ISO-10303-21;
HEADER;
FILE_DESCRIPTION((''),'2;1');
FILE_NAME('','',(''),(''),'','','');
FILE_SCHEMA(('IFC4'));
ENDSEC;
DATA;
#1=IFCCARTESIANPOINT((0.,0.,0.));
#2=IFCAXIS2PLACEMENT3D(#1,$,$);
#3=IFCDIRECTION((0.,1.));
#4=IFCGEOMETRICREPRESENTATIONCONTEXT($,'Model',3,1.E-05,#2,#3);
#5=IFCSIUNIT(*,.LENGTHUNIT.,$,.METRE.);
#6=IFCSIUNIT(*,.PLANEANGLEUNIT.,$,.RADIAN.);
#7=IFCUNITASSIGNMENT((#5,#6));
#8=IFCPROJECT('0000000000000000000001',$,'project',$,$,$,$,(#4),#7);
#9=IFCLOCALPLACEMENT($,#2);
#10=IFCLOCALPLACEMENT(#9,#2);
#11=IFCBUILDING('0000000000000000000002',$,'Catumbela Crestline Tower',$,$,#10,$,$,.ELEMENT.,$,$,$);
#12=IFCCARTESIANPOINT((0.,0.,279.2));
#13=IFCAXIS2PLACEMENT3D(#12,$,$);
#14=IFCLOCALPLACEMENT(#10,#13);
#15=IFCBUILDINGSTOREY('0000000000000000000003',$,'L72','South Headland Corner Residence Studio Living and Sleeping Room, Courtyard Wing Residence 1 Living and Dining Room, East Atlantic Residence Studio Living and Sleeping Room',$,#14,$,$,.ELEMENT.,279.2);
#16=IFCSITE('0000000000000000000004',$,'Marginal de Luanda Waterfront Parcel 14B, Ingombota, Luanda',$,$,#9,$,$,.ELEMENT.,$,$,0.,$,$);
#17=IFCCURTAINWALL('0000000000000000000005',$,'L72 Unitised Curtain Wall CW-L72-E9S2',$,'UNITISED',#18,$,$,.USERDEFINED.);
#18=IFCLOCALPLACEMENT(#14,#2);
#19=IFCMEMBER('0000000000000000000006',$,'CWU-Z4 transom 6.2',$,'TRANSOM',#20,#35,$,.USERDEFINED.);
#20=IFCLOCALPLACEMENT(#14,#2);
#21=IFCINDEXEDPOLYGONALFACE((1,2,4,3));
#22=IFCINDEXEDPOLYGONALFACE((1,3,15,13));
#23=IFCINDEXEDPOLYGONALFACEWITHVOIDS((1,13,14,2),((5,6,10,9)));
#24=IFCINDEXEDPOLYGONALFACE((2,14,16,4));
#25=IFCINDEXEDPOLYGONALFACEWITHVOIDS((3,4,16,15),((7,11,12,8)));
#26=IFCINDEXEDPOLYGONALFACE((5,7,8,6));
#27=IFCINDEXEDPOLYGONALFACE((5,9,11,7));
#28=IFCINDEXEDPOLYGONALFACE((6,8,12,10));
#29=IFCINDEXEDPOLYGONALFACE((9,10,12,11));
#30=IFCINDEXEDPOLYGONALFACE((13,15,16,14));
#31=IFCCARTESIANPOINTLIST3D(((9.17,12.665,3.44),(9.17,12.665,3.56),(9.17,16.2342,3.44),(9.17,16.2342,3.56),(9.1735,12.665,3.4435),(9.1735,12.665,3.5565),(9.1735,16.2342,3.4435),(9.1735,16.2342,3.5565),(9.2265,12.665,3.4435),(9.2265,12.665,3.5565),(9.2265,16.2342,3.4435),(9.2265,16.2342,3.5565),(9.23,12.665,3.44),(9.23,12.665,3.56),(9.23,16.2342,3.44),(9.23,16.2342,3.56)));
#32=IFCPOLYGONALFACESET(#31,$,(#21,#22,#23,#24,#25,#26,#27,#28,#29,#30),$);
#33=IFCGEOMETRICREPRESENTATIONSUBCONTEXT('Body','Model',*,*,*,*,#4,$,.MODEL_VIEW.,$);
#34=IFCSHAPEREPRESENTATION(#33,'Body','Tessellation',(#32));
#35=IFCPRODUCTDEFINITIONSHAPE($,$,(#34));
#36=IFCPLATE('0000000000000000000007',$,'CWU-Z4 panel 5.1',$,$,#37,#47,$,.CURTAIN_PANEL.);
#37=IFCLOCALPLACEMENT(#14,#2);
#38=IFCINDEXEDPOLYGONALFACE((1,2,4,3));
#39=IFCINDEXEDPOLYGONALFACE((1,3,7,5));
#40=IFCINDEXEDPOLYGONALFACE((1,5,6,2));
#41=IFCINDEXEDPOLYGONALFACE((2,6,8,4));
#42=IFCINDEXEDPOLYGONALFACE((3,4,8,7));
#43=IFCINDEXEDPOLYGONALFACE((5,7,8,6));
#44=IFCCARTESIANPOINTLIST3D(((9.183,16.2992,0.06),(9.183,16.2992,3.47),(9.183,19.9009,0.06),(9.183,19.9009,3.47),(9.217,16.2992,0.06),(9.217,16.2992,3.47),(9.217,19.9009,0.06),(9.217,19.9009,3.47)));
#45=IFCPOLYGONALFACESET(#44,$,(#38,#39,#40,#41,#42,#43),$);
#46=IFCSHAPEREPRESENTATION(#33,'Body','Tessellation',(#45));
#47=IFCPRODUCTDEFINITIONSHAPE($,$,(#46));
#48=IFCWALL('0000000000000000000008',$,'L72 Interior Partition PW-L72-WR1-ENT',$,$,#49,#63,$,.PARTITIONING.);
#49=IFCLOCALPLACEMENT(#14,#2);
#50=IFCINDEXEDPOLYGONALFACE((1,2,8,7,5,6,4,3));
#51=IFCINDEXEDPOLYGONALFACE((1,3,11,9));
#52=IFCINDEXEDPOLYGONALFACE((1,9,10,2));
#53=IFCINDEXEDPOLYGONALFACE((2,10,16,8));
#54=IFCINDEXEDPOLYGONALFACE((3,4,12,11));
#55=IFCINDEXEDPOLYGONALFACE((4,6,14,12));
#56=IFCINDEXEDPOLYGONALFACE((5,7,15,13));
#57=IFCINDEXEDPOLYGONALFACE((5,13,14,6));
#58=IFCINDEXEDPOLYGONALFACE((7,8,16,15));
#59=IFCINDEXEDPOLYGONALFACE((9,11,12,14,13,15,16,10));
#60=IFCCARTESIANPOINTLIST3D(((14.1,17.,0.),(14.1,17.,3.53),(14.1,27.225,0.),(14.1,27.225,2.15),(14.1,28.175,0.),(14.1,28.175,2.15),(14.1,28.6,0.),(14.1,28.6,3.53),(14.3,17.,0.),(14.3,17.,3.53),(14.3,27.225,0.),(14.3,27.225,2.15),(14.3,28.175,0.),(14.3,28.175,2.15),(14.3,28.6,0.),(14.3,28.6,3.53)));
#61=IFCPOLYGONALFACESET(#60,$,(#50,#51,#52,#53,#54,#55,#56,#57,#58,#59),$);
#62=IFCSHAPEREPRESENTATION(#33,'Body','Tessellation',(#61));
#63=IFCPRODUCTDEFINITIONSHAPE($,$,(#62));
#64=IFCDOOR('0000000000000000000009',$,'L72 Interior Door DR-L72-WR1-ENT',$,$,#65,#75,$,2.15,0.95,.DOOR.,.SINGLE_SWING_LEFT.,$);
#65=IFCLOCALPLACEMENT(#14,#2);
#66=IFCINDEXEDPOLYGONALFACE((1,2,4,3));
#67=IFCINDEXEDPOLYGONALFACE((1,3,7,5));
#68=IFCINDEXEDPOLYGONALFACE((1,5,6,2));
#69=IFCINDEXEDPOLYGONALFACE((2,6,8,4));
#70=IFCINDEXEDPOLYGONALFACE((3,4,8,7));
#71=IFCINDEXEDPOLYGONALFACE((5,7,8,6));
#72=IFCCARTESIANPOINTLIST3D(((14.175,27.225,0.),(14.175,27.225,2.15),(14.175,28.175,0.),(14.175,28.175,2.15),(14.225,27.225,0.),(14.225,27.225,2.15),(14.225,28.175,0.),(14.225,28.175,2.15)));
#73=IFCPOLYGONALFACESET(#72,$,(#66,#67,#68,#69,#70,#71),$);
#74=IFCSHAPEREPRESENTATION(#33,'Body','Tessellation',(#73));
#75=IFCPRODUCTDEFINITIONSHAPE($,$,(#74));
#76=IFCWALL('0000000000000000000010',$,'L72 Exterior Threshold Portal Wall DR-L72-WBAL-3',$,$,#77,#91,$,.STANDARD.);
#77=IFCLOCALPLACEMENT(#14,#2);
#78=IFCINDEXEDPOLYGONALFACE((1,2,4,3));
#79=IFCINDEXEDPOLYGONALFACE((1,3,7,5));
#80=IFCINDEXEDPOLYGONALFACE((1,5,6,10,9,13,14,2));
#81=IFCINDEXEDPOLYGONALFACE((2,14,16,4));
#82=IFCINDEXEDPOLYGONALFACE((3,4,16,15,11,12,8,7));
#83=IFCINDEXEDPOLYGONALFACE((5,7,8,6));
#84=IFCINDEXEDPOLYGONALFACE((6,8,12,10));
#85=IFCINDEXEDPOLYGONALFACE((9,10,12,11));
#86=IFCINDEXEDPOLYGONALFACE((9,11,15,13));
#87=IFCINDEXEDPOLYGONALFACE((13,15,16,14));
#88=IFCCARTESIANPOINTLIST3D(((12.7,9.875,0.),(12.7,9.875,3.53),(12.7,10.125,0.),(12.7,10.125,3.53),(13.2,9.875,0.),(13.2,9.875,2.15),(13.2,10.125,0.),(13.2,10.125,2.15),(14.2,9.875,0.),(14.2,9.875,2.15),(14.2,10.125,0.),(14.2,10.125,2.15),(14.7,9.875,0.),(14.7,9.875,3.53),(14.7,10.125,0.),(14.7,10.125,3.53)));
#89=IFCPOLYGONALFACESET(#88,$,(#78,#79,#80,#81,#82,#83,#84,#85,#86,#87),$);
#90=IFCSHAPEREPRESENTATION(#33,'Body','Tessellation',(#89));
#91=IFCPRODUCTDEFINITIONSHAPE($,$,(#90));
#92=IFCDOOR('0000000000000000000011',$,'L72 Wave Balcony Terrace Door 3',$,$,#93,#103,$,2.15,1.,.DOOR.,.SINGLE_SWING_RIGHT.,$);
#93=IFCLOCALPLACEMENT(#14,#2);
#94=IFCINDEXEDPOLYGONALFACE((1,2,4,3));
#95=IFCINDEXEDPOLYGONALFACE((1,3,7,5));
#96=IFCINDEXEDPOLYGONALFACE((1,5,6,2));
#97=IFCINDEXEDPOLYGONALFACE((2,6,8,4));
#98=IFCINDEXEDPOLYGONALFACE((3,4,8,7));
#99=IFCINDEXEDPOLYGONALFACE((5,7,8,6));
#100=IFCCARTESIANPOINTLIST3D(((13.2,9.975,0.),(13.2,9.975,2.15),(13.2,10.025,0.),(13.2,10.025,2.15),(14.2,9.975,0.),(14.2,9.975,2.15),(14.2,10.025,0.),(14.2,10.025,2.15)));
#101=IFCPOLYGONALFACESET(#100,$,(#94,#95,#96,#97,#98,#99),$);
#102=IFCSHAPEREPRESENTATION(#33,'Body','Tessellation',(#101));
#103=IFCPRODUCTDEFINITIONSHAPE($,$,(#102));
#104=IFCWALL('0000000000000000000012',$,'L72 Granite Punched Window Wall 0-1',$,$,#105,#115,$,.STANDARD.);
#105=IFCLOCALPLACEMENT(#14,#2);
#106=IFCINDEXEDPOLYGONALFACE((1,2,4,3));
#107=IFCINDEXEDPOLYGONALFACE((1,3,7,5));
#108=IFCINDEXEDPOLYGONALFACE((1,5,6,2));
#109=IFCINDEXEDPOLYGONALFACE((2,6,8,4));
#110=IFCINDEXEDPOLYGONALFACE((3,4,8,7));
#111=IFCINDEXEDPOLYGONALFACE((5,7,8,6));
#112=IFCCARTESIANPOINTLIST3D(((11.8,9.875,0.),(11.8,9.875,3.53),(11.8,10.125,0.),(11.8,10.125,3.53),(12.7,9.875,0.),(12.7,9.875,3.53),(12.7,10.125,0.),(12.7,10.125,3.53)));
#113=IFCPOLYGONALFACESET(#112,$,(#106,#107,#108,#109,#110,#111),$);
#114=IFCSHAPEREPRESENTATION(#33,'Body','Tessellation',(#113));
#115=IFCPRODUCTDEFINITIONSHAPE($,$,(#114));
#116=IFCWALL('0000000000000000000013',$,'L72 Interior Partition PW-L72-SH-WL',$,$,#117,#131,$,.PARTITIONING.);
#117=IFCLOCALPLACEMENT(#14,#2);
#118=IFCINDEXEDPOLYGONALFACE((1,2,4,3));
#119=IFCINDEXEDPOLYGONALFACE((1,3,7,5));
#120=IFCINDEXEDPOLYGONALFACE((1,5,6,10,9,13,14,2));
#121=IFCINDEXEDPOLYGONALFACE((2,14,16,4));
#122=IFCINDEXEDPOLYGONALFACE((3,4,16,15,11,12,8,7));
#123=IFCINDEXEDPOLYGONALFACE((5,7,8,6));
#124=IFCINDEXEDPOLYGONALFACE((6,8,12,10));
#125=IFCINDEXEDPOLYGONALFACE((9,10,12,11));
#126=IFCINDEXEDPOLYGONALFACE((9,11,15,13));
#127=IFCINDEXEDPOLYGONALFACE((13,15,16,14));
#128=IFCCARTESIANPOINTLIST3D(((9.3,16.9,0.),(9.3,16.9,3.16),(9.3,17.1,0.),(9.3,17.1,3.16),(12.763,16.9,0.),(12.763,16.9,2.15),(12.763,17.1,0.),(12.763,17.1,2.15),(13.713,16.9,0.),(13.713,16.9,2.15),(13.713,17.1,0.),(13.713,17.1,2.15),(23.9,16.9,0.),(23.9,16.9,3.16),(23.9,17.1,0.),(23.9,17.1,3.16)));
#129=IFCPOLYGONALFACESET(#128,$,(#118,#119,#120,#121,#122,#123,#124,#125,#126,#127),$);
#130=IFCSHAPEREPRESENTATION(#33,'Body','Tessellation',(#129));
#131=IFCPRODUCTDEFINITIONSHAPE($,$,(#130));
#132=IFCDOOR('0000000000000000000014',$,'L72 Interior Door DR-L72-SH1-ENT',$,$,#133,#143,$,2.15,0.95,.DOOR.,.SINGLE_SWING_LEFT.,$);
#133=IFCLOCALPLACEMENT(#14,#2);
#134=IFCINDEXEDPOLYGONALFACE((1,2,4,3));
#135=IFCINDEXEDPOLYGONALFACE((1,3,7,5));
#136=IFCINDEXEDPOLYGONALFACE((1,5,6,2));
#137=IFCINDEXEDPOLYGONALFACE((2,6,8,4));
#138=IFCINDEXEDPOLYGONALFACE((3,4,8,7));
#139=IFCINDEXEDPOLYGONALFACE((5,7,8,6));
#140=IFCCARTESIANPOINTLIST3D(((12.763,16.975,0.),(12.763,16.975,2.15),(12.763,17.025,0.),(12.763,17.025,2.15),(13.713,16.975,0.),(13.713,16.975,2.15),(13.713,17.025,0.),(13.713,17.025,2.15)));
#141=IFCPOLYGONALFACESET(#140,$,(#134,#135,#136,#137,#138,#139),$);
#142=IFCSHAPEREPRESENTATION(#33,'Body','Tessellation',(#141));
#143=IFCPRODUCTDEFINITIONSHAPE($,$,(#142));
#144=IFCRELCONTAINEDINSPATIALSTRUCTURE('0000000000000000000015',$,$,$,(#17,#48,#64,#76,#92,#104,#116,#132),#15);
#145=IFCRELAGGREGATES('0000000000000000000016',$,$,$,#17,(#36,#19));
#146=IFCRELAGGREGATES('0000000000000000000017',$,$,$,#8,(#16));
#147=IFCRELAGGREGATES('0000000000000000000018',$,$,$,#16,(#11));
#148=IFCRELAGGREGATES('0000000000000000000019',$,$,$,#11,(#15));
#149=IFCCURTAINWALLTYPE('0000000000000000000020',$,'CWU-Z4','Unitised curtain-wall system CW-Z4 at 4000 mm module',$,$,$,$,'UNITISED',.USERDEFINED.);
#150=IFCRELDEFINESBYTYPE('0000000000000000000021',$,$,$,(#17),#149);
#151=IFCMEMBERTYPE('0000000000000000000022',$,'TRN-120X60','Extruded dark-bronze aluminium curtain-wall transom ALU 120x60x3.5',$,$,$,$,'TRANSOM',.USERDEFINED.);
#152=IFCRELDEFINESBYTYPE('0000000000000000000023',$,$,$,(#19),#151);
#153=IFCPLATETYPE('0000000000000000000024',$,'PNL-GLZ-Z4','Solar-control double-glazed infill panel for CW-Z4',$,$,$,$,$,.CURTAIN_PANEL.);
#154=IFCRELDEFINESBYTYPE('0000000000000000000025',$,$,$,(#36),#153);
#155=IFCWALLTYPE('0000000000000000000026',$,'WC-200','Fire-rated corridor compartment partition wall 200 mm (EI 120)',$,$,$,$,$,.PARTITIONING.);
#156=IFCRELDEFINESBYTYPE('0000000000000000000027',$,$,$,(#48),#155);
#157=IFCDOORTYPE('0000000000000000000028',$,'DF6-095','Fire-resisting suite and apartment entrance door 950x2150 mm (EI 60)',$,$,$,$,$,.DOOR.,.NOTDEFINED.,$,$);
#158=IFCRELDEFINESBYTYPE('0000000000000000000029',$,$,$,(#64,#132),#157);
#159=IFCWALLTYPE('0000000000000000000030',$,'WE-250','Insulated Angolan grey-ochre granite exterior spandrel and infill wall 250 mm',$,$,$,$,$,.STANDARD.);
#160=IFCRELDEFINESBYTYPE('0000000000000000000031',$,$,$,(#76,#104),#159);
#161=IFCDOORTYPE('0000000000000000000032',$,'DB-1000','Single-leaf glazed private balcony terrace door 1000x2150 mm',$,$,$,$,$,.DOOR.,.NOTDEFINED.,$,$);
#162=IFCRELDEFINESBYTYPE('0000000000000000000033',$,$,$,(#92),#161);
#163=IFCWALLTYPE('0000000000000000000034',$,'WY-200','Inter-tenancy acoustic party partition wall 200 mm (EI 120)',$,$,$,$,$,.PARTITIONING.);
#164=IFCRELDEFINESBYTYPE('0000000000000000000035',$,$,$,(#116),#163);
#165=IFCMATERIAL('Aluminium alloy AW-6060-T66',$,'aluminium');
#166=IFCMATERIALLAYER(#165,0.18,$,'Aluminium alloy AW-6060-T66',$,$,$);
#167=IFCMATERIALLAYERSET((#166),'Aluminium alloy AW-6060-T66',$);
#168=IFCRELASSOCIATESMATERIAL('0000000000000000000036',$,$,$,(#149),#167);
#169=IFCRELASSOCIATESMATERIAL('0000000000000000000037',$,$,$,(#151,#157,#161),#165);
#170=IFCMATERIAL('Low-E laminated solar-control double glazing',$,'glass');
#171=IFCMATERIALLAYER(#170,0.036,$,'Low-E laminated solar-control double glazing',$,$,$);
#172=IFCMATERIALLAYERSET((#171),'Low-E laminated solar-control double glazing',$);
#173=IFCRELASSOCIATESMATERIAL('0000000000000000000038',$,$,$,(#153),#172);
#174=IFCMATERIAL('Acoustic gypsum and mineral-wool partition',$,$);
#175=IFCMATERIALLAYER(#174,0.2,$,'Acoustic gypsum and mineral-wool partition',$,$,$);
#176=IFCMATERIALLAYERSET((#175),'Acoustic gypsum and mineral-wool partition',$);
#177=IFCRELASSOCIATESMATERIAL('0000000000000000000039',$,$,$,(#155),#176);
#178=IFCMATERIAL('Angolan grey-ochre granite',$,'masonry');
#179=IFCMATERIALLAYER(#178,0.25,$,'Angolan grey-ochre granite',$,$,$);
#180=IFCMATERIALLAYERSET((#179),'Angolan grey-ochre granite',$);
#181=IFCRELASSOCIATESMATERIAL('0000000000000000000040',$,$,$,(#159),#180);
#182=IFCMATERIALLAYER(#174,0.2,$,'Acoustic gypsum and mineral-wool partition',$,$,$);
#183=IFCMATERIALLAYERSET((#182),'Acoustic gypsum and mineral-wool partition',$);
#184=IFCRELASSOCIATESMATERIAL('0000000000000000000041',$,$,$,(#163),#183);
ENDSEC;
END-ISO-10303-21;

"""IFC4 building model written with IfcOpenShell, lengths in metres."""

from ifc_helpers import new_model, si_unit, direction, frame, frame_2d, origin, origin_2d, place, context, subcontext, project, spatial, rectangle, hollow_rectangle, extrude, material, layer, layer_set, material_profile, profile_set, type_object, element, fill, aggregate, save


model = new_model("IFC4")

# Units and contexts
model_context = context("Model", 3, precision=1e-05, world=origin(), true_north=direction((0.0, 1.0)))
body_context = subcontext(model_context, "Body", "Model", "MODEL_VIEW")
ifc_project = project(units=[si_unit("LENGTHUNIT", "METRE"), si_unit("PLANEANGLEUNIT", "RADIAN")], contexts=[model_context])

# Site, building, storey
site_placement = place(None, origin())
site = spatial("IfcSite", under=ifc_project, at=site_placement, Name="Marginal de Luanda Waterfront Parcel 14B, Ingombota, Luanda", CompositionType="ELEMENT", RefElevation=0.0)
building_placement = place(site_placement, origin())
building = spatial("IfcBuilding", under=site, at=building_placement, Name="Catumbela Crestline Tower", CompositionType="ELEMENT")
storey_placement = place(building_placement, frame((0.0, 0.0, 279.2)))
storey = spatial("IfcBuildingStorey", under=building, at=storey_placement, Name="L72", Description="South Headland Corner Residence Studio Living and Sleeping Room, Courtyard Wing Residence 1 Living and Dining Room, East Atlantic Residence Studio Living and Sleeping Room", CompositionType="ELEMENT", Elevation=279.2)

# Curtain wall
ifc_material_1 = material(Name="Aluminium alloy AW-6060-T66", Category="aluminium")
ifc_layer_1 = layer(ifc_material_1, 0.18, Name="Aluminium alloy AW-6060-T66")
ifc_layer_set_1 = layer_set([ifc_layer_1], Name="Aluminium alloy AW-6060-T66")
curtain_wall_type = type_object("IfcCurtainWallType", Name="CWU-Z4", Description="Unitised curtain-wall system CW-Z4 at 4000 mm module", ElementType="UNITISED", PredefinedType="USERDEFINED", material=ifc_layer_set_1)
curtain_wall_1_placement = place(storey_placement, origin())
curtain_wall_1 = element("IfcCurtainWall", 1, at=curtain_wall_1_placement, inside=storey, type_object=curtain_wall_type, Name="L72 Unitised Curtain Wall CW-L72-E9S2", ObjectType="UNITISED", PredefinedType="USERDEFINED")

# Member
ifc_material_profile_1 = material_profile(ifc_material_1, hollow_rectangle(XDim=0.06, YDim=0.12, WallThickness=0.0035, at=origin_2d()), Name="ALU 120x60x3.5")
ifc_profile_set_1 = profile_set([ifc_material_profile_1], Name="Aluminium alloy AW-6060-T66")
member_type_1 = type_object("IfcMemberType", Name="TRN-120X60", Description="Extruded dark-bronze aluminium curtain-wall transom ALU 120x60x3.5", ElementType="TRANSOM", PredefinedType="USERDEFINED", material=ifc_profile_set_1)
member_1_placement = place(storey_placement, frame((9.2, 16.2342, 3.5), z_axis=(0.0, -1.0, 0.0), x_axis=(1.0, 0.0, 0.0)))
member_1 = element("IfcMember", 2, at=member_1_placement, type_object=member_type_1, Name="CWU-Z4 transom 6.2", ObjectType="TRANSOM", PredefinedType="USERDEFINED", context=body_context, shape_type="SweptSolid", body=[
    extrude(hollow_rectangle(XDim=0.06, YDim=0.12, WallThickness=0.0035, at=origin_2d()), origin(), (0.0, 0.0, 1.0), 3.5692),
])

# Plate
ifc_material_2 = material(Name="Low-E laminated solar-control double glazing", Category="glass")
ifc_layer_2 = layer(ifc_material_2, 0.036, Name="Low-E laminated solar-control double glazing")
ifc_layer_set_2 = layer_set([ifc_layer_2], Name="Low-E laminated solar-control double glazing")
plate_type = type_object("IfcPlateType", Name="PNL-GLZ-Z4", Description="Solar-control double-glazed infill panel for CW-Z4", PredefinedType="CURTAIN_PANEL", material=ifc_layer_set_2)
plate_placement = place(storey_placement, frame((9.2, 18.1, 0.06), z_axis=(0.0, 0.0, 1.0), x_axis=(0.0, -1.0, 0.0)))
plate = element("IfcPlate", 3, at=plate_placement, type_object=plate_type, Name="CWU-Z4 panel 5.1", PredefinedType="CURTAIN_PANEL", context=body_context, shape_type="SweptSolid", body=[
    extrude(rectangle(XDim=3.6017, YDim=0.034, at=origin_2d()), origin(), (0.0, 0.0, 1.0), 3.41),
])
aggregate(curtain_wall_1, [plate, member_1])

# Walls, openings, doors
ifc_material_3 = material(Name="Acoustic gypsum and mineral-wool partition")
ifc_layer_3 = layer(ifc_material_3, 0.2, Name="Acoustic gypsum and mineral-wool partition")
ifc_layer_set_3 = layer_set([ifc_layer_3], Name="Acoustic gypsum and mineral-wool partition")
wall_type_1 = type_object("IfcWallType", Name="WC-200", Description="Fire-rated corridor compartment partition wall 200 mm (EI 120)", PredefinedType="PARTITIONING", material=ifc_layer_set_3)
wall_1_placement = place(storey_placement, frame((14.2, 17.0, 0.0), z_axis=(0.0, 0.0, 1.0), x_axis=(0.0, 1.0, 0.0)))
wall_1 = element("IfcWall", 4, at=wall_1_placement, inside=storey, type_object=wall_type_1, Name="L72 Interior Partition PW-L72-WR1-ENT", PredefinedType="PARTITIONING", context=body_context, shape_type="SweptSolid", body=[
    extrude(rectangle(XDim=11.6, YDim=0.2, at=frame_2d((5.8, 0.0))), origin(), (0.0, 0.0, 1.0), 3.53),
])
opening_1_placement = place(wall_1_placement, frame((10.225, 0.0, 0.0)))
opening_1 = element("IfcOpeningElement", 5, at=opening_1_placement, cuts=wall_1, PredefinedType="OPENING", context=body_context, shape_type="SweptSolid", body=[
    extrude(rectangle(XDim=0.95, YDim=2.15, at=frame_2d((0.475, 1.075))), frame((0.0, 0.11, 0.0), z_axis=(0.0, -1.0, 0.0), x_axis=(1.0, 0.0, 0.0)), (0.0, 0.0, 1.0), 0.22),
])
door_type_1 = type_object("IfcDoorType", Name="DF6-095", Description="Fire-resisting suite and apartment entrance door 950x2150 mm (EI 60)", OperationType="NOTDEFINED", PredefinedType="DOOR", material=ifc_material_1)
door_1_placement = place(opening_1_placement, origin())
door_1 = element("IfcDoor", 6, at=door_1_placement, inside=storey, type_object=door_type_1, Name="L72 Interior Door DR-L72-WR1-ENT", OperationType="SINGLE_SWING_LEFT", OverallHeight=2.15, OverallWidth=0.95, PredefinedType="DOOR", context=body_context, shape_type="SweptSolid", body=[
    extrude(rectangle(XDim=0.95, YDim=2.15, at=frame_2d((0.475, 1.075))), frame((0.0, 0.025, 0.0), z_axis=(0.0, -1.0, 0.0), x_axis=(1.0, 0.0, 0.0)), (0.0, 0.0, 1.0), 0.05),
])
fill(opening_1, door_1)
ifc_material_4 = material(Name="Angolan grey-ochre granite", Category="masonry")
ifc_layer_4 = layer(ifc_material_4, 0.25, Name="Angolan grey-ochre granite")
ifc_layer_set_4 = layer_set([ifc_layer_4], Name="Angolan grey-ochre granite")
wall_type_2 = type_object("IfcWallType", Name="WE-250", Description="Insulated Angolan grey-ochre granite exterior spandrel and infill wall 250 mm", PredefinedType="STANDARD", material=ifc_layer_set_4)
wall_2_placement = place(storey_placement, frame((12.7, 10.0, 0.0), z_axis=(0.0, 0.0, 1.0), x_axis=(1.0, 0.0, 0.0)))
wall_2 = element("IfcWall", 7, at=wall_2_placement, inside=storey, type_object=wall_type_2, Name="L72 Exterior Threshold Portal Wall DR-L72-WBAL-3", PredefinedType="STANDARD", context=body_context, shape_type="SweptSolid", body=[
    extrude(rectangle(XDim=2.0, YDim=0.25, at=frame_2d((1.0, 0.0))), origin(), (0.0, 0.0, 1.0), 3.53),
])
opening_2_placement = place(wall_2_placement, frame((0.5, 0.0, 0.0)))
opening_2 = element("IfcOpeningElement", 8, at=opening_2_placement, cuts=wall_2, PredefinedType="OPENING", context=body_context, shape_type="SweptSolid", body=[
    extrude(rectangle(XDim=1.0, YDim=2.15, at=frame_2d((0.5, 1.075))), frame((0.0, 0.135, 0.0), z_axis=(0.0, -1.0, 0.0), x_axis=(1.0, 0.0, 0.0)), (0.0, 0.0, 1.0), 0.27),
])
door_type_2 = type_object("IfcDoorType", Name="DB-1000", Description="Single-leaf glazed private balcony terrace door 1000x2150 mm", OperationType="NOTDEFINED", PredefinedType="DOOR", material=ifc_material_1)
door_2_placement = place(opening_2_placement, origin())
door_2 = element("IfcDoor", 9, at=door_2_placement, inside=storey, type_object=door_type_2, Name="L72 Wave Balcony Terrace Door 3", OperationType="SINGLE_SWING_RIGHT", OverallHeight=2.15, OverallWidth=1.0, PredefinedType="DOOR", context=body_context, shape_type="SweptSolid", body=[
    extrude(rectangle(XDim=1.0, YDim=2.15, at=frame_2d((0.5, 1.075))), frame((0.0, 0.025, 0.0), z_axis=(0.0, -1.0, 0.0), x_axis=(1.0, 0.0, 0.0)), (0.0, 0.0, 1.0), 0.05),
])
fill(opening_2, door_2)

# Wall
wall_3_placement = place(storey_placement, frame((11.8, 10.0, 0.0), z_axis=(0.0, 0.0, 1.0), x_axis=(1.0, 0.0, 0.0)))
element("IfcWall", 10, at=wall_3_placement, inside=storey, type_object=wall_type_2, Name="L72 Granite Punched Window Wall 0-1", PredefinedType="STANDARD", context=body_context, shape_type="SweptSolid", body=[
    extrude(rectangle(XDim=0.9, YDim=0.25, at=frame_2d((0.45, 0.0))), origin(), (0.0, 0.0, 1.0), 3.53),
])

# Wall, opening, door
ifc_layer_5 = layer(ifc_material_3, 0.2, Name="Acoustic gypsum and mineral-wool partition")
ifc_layer_set_5 = layer_set([ifc_layer_5], Name="Acoustic gypsum and mineral-wool partition")
wall_type_3 = type_object("IfcWallType", Name="WY-200", Description="Inter-tenancy acoustic party partition wall 200 mm (EI 120)", PredefinedType="PARTITIONING", material=ifc_layer_set_5)
wall_4_placement = place(storey_placement, frame((9.3, 17.0, 0.0), z_axis=(0.0, 0.0, 1.0), x_axis=(1.0, 0.0, 0.0)))
wall_4 = element("IfcWall", 11, at=wall_4_placement, inside=storey, type_object=wall_type_3, Name="L72 Interior Partition PW-L72-SH-WL", PredefinedType="PARTITIONING", context=body_context, shape_type="SweptSolid", body=[
    extrude(rectangle(XDim=14.6, YDim=0.2, at=frame_2d((7.3, 0.0))), origin(), (0.0, 0.0, 1.0), 3.16),
])
opening_3_placement = place(wall_4_placement, frame((3.463, 0.0, 0.0)))
opening_3 = element("IfcOpeningElement", 12, at=opening_3_placement, cuts=wall_4, PredefinedType="OPENING", context=body_context, shape_type="SweptSolid", body=[
    extrude(rectangle(XDim=0.95, YDim=2.15, at=frame_2d((0.475, 1.075))), frame((0.0, 0.11, 0.0), z_axis=(0.0, -1.0, 0.0), x_axis=(1.0, 0.0, 0.0)), (0.0, 0.0, 1.0), 0.22),
])
door_3_placement = place(opening_3_placement, origin())
door_3 = element("IfcDoor", 13, at=door_3_placement, inside=storey, type_object=door_type_1, Name="L72 Interior Door DR-L72-SH1-ENT", OperationType="SINGLE_SWING_LEFT", OverallHeight=2.15, OverallWidth=0.95, PredefinedType="DOOR", context=body_context, shape_type="SweptSolid", body=[
    extrude(rectangle(XDim=0.95, YDim=2.15, at=frame_2d((0.475, 1.075))), frame((0.0, 0.025, 0.0), z_axis=(0.0, -1.0, 0.0), x_axis=(1.0, 0.0, 0.0)), (0.0, 0.0, 1.0), 0.05),
])
fill(opening_3, door_3)

save(model, "model.ifc")
